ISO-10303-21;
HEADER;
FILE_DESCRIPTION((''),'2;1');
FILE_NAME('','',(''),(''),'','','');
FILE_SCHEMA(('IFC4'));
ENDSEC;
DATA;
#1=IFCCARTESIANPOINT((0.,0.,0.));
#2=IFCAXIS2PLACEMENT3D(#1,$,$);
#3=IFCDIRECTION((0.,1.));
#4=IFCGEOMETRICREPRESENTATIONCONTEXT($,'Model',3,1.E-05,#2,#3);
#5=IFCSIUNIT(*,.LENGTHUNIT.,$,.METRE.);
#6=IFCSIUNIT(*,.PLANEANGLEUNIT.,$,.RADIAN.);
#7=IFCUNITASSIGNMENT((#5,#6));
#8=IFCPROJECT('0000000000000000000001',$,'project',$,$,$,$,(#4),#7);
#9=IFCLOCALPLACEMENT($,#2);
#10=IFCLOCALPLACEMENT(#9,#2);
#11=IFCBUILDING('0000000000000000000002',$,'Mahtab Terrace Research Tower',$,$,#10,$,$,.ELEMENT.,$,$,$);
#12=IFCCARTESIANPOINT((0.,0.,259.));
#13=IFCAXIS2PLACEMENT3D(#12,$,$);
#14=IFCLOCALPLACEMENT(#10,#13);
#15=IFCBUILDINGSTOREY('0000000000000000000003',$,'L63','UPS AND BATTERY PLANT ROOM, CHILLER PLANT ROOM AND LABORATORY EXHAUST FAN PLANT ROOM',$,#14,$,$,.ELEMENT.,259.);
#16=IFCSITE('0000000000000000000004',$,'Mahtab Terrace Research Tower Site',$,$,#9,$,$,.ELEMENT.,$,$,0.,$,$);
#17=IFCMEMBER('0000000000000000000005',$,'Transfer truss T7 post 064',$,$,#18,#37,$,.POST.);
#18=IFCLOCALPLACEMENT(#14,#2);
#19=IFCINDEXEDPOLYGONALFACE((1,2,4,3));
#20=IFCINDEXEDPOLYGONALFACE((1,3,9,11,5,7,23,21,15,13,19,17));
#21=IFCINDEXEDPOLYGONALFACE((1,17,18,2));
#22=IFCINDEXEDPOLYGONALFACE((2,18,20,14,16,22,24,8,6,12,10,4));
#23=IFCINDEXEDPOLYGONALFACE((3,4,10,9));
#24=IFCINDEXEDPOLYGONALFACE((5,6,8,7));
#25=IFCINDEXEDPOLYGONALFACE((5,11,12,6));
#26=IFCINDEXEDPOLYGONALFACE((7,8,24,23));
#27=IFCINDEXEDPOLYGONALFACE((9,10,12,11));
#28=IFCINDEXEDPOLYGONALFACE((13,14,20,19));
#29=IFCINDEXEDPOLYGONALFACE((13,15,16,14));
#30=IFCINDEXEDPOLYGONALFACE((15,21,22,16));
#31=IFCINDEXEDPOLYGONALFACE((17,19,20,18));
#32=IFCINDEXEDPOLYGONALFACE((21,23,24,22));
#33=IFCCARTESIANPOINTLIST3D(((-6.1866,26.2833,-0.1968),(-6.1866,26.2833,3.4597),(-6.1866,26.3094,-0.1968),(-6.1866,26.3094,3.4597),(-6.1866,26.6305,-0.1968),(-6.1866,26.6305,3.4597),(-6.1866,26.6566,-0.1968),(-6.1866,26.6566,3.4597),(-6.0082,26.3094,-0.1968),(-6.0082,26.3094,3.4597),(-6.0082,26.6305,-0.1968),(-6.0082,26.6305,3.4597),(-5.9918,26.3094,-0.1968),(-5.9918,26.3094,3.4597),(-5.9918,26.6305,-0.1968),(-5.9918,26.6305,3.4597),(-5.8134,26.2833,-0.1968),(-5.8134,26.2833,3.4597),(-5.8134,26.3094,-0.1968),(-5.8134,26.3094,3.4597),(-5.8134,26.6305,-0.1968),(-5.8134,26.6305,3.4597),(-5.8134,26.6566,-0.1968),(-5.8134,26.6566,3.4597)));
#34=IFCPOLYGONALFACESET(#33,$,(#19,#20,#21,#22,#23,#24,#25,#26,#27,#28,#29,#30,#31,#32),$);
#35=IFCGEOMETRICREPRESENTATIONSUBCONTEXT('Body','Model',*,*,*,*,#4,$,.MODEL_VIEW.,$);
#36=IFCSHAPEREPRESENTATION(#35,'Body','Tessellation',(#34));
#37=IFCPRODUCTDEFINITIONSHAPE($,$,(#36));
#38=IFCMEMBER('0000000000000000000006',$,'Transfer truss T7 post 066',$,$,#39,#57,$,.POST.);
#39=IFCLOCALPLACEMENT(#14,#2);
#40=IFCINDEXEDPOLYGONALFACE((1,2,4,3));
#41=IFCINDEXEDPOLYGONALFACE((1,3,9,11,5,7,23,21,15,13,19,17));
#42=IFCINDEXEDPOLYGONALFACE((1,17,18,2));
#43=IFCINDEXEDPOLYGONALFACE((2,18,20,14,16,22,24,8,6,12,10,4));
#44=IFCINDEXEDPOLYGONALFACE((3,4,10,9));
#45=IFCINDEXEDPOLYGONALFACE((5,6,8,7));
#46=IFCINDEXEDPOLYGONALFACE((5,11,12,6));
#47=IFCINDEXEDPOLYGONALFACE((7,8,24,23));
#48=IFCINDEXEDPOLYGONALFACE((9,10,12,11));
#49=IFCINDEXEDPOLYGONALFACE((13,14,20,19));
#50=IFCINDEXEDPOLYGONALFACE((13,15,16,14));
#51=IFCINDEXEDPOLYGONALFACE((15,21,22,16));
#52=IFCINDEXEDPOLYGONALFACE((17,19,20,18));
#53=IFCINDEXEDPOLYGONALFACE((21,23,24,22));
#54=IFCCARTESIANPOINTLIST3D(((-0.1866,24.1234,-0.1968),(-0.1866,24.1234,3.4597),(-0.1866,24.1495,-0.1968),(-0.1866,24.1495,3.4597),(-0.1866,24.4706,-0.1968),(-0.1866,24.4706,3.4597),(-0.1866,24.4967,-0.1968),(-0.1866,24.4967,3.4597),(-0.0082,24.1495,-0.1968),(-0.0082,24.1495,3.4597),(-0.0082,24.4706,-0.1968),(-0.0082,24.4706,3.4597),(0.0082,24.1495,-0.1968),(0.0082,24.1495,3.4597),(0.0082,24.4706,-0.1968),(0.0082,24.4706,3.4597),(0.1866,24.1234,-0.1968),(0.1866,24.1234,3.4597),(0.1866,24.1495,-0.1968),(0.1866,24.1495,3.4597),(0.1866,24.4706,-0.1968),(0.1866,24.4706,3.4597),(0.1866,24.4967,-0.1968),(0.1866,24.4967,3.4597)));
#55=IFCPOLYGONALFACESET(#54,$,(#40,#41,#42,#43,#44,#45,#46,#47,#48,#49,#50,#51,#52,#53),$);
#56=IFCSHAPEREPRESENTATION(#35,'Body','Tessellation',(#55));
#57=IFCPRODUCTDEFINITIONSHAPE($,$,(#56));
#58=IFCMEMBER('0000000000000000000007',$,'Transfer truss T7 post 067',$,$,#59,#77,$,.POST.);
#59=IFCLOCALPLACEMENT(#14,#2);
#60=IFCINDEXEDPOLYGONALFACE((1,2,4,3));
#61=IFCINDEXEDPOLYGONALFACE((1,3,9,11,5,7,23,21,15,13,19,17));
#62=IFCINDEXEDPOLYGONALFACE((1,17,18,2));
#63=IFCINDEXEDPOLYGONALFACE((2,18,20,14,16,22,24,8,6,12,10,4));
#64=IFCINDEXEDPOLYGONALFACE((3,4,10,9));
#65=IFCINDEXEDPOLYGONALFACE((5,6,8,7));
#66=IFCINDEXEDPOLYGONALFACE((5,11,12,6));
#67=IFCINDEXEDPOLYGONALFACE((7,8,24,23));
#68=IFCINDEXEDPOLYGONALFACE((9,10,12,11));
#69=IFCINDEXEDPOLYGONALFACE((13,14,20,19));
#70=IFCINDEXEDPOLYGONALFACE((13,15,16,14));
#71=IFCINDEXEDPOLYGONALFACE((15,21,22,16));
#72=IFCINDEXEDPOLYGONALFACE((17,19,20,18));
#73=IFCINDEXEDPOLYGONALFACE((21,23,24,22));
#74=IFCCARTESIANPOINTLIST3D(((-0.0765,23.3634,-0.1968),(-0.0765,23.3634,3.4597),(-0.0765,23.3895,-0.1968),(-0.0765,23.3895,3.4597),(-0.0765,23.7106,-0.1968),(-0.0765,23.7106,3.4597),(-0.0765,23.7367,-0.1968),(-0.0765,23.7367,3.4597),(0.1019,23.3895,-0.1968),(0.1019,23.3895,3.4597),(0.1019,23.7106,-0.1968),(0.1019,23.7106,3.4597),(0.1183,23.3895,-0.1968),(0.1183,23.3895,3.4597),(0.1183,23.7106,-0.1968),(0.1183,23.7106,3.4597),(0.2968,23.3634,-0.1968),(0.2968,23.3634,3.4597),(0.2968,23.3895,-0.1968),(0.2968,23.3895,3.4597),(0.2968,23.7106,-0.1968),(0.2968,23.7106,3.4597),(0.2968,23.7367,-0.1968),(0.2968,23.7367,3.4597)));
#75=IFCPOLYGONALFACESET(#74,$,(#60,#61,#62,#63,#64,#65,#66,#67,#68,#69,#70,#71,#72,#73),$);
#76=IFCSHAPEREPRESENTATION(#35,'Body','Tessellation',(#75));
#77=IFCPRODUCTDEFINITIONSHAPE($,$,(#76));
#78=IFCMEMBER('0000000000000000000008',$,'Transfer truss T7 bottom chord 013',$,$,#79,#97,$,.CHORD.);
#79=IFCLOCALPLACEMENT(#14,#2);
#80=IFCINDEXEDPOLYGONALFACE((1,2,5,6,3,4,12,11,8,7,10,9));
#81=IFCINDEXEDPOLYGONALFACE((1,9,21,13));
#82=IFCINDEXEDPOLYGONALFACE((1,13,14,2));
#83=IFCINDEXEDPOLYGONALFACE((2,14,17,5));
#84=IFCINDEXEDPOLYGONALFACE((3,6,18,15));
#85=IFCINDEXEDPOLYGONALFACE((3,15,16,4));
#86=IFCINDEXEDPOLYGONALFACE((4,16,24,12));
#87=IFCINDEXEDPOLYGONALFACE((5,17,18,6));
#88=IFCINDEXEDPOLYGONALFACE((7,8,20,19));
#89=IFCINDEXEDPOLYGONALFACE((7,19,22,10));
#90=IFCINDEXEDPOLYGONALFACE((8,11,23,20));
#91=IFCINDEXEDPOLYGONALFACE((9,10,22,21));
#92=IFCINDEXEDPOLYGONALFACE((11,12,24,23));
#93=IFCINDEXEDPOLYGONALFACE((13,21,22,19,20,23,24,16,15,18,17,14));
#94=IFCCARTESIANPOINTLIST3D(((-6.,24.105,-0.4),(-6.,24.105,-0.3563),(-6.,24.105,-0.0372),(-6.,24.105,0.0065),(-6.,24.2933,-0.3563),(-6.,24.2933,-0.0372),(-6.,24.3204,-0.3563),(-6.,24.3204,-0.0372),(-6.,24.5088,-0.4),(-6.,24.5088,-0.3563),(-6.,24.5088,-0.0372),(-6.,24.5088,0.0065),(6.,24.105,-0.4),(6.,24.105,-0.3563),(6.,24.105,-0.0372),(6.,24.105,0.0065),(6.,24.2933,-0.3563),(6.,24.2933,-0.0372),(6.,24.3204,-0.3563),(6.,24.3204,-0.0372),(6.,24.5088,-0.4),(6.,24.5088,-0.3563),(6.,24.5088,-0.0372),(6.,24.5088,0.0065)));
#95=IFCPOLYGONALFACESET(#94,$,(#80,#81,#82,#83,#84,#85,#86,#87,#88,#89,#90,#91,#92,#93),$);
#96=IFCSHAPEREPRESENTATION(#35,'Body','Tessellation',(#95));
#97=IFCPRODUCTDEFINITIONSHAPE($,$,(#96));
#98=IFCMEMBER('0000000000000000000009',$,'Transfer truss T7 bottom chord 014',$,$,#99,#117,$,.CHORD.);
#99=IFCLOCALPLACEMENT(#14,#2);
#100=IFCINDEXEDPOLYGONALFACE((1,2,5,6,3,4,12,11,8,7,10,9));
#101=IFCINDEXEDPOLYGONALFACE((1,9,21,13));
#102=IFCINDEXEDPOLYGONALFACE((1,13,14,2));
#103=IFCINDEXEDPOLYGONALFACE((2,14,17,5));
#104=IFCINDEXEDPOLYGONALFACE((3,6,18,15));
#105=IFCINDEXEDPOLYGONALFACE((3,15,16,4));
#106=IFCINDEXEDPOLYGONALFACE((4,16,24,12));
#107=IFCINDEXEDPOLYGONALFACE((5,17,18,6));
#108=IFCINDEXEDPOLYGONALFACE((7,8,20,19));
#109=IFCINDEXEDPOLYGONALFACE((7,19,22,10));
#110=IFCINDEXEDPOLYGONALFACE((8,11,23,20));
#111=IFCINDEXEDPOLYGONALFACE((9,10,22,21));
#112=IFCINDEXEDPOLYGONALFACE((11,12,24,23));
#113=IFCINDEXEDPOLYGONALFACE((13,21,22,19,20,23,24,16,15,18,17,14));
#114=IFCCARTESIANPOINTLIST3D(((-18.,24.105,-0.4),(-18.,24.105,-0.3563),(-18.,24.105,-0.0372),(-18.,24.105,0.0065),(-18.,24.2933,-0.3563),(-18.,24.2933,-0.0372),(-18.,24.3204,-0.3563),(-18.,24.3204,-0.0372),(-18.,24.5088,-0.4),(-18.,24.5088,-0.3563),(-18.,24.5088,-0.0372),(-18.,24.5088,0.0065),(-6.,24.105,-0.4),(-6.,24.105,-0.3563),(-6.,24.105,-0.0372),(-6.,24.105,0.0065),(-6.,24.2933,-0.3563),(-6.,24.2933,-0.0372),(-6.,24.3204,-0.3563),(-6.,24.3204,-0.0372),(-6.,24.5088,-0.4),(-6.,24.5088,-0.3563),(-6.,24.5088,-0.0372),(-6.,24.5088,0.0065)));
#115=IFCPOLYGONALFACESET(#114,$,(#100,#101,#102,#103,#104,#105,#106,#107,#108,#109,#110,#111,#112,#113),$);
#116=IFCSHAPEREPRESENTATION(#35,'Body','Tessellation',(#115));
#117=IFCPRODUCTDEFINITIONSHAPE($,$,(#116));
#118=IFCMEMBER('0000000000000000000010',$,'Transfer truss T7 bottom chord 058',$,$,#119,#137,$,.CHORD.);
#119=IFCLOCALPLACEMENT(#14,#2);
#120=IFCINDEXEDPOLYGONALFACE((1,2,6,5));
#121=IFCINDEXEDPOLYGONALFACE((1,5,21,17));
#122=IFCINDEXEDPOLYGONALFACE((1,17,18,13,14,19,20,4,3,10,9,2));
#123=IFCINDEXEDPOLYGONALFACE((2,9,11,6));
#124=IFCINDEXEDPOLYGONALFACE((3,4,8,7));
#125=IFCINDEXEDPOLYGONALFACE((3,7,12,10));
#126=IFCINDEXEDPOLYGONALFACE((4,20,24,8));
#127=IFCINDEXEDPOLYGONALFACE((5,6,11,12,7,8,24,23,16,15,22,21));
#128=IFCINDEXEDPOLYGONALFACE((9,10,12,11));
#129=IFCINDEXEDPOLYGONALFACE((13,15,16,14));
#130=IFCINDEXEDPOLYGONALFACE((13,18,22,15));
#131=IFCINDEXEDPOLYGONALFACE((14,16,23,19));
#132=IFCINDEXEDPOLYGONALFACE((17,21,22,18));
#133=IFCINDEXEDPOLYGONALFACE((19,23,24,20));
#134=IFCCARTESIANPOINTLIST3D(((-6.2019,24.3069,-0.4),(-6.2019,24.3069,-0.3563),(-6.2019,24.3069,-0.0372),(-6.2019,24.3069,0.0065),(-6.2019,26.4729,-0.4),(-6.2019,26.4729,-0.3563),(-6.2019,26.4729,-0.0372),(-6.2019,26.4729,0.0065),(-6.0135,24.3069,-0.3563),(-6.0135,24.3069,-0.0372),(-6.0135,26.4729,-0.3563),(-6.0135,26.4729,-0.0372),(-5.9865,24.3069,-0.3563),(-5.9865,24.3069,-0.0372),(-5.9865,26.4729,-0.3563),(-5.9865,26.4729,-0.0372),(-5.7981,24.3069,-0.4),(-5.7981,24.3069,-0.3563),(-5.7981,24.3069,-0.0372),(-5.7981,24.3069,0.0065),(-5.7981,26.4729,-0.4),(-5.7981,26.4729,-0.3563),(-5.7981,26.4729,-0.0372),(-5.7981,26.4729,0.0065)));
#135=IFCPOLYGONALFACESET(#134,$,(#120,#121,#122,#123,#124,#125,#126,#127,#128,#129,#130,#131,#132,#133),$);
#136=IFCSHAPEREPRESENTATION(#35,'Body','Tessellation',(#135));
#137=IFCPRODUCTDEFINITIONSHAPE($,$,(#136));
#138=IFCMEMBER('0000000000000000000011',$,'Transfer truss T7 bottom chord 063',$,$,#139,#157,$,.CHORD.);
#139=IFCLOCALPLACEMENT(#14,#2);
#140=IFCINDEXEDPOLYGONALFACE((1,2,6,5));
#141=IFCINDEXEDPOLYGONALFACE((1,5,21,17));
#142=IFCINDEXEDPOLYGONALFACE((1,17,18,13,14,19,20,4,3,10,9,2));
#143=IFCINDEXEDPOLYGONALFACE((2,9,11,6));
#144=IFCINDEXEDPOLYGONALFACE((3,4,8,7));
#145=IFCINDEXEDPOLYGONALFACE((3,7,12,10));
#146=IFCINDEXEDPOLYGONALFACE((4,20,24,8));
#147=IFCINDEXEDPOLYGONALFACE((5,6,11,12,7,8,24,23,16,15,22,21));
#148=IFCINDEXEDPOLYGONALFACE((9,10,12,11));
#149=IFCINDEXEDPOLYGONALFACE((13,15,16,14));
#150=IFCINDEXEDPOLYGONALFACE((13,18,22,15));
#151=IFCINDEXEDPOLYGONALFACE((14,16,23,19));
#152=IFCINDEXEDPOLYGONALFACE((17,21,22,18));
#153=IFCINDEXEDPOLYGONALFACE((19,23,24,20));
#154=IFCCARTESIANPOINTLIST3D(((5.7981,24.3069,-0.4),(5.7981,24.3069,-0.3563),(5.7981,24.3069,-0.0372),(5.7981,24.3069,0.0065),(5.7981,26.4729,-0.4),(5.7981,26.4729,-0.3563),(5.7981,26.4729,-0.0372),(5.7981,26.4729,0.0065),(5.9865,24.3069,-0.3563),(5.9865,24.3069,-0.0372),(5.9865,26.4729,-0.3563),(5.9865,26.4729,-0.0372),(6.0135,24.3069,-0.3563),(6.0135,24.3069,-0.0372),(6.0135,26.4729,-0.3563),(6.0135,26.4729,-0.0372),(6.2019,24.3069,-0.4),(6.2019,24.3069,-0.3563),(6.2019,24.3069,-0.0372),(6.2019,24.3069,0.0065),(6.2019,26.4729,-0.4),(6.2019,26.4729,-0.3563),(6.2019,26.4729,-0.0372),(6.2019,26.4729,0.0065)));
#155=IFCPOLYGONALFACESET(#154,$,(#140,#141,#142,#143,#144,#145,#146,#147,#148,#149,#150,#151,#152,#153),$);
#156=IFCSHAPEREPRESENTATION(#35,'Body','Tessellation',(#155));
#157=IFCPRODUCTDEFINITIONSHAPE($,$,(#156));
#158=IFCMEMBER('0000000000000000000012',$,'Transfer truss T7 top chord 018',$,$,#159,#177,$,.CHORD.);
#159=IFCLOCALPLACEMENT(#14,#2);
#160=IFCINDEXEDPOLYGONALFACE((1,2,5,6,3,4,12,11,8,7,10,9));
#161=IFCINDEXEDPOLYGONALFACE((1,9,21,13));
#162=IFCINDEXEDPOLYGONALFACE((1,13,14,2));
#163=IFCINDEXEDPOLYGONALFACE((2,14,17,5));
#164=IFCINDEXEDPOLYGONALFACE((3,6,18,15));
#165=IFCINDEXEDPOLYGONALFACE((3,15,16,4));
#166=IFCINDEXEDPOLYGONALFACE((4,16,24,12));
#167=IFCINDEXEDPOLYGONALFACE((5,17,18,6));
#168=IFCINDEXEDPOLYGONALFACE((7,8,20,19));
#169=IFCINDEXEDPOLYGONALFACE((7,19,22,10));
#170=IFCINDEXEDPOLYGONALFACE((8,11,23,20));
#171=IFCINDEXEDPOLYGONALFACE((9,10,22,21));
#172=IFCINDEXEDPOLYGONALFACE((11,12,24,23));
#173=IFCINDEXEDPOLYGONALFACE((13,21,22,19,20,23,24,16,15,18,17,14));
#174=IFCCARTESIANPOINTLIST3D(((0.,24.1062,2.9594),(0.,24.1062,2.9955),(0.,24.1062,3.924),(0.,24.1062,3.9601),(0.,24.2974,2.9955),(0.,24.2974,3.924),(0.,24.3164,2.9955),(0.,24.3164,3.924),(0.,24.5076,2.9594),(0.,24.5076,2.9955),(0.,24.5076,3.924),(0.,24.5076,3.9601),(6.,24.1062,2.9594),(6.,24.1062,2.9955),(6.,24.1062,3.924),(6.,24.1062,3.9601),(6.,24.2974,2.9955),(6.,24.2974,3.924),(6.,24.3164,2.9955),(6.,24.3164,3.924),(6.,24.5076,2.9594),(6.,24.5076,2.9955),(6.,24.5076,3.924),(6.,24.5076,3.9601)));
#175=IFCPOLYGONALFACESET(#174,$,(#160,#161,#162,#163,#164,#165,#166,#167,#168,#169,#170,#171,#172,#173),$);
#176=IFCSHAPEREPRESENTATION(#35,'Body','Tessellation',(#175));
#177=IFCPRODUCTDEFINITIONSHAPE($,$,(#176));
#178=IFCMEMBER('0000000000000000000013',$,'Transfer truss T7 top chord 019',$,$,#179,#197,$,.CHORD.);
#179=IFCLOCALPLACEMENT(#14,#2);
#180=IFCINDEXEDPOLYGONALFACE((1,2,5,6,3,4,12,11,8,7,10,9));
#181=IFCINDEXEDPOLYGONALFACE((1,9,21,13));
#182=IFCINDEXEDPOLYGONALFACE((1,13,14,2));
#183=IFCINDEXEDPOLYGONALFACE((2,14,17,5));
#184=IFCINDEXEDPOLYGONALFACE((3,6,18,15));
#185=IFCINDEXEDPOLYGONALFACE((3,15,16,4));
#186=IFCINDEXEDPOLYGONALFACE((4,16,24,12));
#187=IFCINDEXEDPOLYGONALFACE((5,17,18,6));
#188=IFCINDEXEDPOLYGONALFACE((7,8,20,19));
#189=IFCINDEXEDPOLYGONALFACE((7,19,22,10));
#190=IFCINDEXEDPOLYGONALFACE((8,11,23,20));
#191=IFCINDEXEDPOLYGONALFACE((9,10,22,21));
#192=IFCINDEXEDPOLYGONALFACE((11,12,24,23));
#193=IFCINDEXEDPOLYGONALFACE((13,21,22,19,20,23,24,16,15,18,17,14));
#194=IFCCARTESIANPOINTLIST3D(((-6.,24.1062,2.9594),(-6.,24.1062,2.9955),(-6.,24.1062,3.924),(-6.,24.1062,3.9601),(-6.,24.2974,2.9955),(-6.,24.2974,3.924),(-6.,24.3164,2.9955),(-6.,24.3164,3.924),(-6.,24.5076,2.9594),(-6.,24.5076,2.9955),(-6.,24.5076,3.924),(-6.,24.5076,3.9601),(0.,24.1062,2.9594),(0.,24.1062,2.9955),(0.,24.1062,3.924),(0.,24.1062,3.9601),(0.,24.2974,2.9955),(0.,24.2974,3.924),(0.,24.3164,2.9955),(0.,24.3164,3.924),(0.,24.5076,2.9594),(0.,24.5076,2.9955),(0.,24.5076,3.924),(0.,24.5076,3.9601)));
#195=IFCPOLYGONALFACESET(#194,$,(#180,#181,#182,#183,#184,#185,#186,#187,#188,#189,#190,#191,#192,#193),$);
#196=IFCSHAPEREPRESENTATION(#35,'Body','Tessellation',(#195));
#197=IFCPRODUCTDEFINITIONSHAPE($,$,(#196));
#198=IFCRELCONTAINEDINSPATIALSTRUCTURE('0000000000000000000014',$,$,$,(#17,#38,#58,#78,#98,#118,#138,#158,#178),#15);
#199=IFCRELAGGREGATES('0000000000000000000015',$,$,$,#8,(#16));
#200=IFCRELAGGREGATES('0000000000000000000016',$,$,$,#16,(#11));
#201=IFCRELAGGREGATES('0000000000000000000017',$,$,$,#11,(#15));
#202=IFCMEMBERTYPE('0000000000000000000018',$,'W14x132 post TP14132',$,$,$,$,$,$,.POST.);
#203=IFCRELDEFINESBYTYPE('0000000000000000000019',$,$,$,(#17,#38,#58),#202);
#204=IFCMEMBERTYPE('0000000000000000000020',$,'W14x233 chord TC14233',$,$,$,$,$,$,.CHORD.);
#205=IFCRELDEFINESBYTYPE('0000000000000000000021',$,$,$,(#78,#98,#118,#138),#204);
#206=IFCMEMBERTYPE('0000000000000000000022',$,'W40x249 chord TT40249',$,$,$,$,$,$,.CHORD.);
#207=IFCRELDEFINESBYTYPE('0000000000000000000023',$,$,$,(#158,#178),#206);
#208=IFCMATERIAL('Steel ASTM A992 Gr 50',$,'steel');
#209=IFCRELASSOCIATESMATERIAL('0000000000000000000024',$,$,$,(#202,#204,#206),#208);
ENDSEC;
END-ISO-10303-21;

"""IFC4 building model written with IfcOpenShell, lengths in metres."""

from ifc_helpers import new_model, si_unit, direction, frame, origin, origin_2d, place, context, subcontext, project, spatial, i_section, extrude, material, material_profile, profile_set, type_object, element, save


model = new_model("IFC4")

# Units and contexts
model_context = context("Model", 3, precision=1e-05, world=origin(), true_north=direction((0.0, 1.0)))
body_context = subcontext(model_context, "Body", "Model", "MODEL_VIEW")
ifc_project = project(units=[si_unit("LENGTHUNIT", "METRE"), si_unit("PLANEANGLEUNIT", "RADIAN")], contexts=[model_context])

# Site, building, storey
site_placement = place(None, origin())
site = spatial("IfcSite", under=ifc_project, at=site_placement, Name="Mahtab Terrace Research Tower Site", CompositionType="ELEMENT", RefElevation=0.0)
building_placement = place(site_placement, origin())
building = spatial("IfcBuilding", under=site, at=building_placement, Name="Mahtab Terrace Research Tower", CompositionType="ELEMENT")
storey_placement = place(building_placement, frame((0.0, 0.0, 259.0)))
storey = spatial("IfcBuildingStorey", under=building, at=storey_placement, Name="L63", Description="UPS AND BATTERY PLANT ROOM, CHILLER PLANT ROOM AND LABORATORY EXHAUST FAN PLANT ROOM", CompositionType="ELEMENT", Elevation=259.0)

# Shared definitions
ifc_material_1 = material(Name="Steel ASTM A992 Gr 50", Category="steel")

# Members
ifc_material_profile_1 = material_profile(ifc_material_1, i_section(OverallWidth=0.3733, OverallDepth=0.3733, WebThickness=0.0164, FlangeThickness=0.0261, at=origin_2d()), Name="W14X132")
ifc_profile_set_1 = profile_set([ifc_material_profile_1], Name="Steel ASTM A992 Gr 50")
member_type_1 = type_object("IfcMemberType", Name="W14x132 post TP14132", PredefinedType="POST", material=ifc_profile_set_1)
for number, where, z_axis, x_axis, name in (
    (1, (-6.0, 26.47, -0.1968), (0.0, 0.0, 1.0), (1.0, 0.0, 0.0), "Transfer truss T7 post 064"),
    (2, (0.0, 24.3101, -0.1968), (0.0, 0.0, 1.0), (1.0, 0.0, 0.0), "Transfer truss T7 post 066"),
    (3, (0.1101, 23.55, -0.1968), (0.0, 0.0, 1.0), (1.0, 0.0, 0.0), "Transfer truss T7 post 067"),
):
    element("IfcMember", number, at=place(storey_placement, frame(where, z_axis=z_axis, x_axis=x_axis)), inside=storey, type_object=member_type_1, Name=name, PredefinedType="POST", context=body_context, shape_type="SweptSolid", body=[
        extrude(i_section(OverallWidth=0.3733, OverallDepth=0.3733, WebThickness=0.0164, FlangeThickness=0.0261, at=origin_2d()), origin(), (0.0, 0.0, 1.0), 3.6565),
    ])
ifc_material_profile_2 = material_profile(ifc_material_1, i_section(OverallWidth=0.4038, OverallDepth=0.4065, WebThickness=0.0271, FlangeThickness=0.0437, at=origin_2d()), Name="W14X233")
ifc_profile_set_2 = profile_set([ifc_material_profile_2], Name="Steel ASTM A992 Gr 50")
member_type_2 = type_object("IfcMemberType", Name="W14x233 chord TC14233", PredefinedType="CHORD", material=ifc_profile_set_2)
for number, where, z_axis, x_axis, name in (
    (4, (6.0, 24.3069, -0.1968), (-1.0, 0.0, 0.0), (0.0, -1.0, 0.0), "Transfer truss T7 bottom chord 013"),
    (5, (-6.0, 24.3069, -0.1968), (-1.0, 0.0, 0.0), (0.0, -1.0, 0.0), "Transfer truss T7 bottom chord 014"),
):
    element("IfcMember", number, at=place(storey_placement, frame(where, z_axis=z_axis, x_axis=x_axis)), inside=storey, type_object=member_type_2, Name=name, PredefinedType="CHORD", context=body_context, shape_type="SweptSolid", body=[
        extrude(i_section(OverallWidth=0.4038, OverallDepth=0.4065, WebThickness=0.0271, FlangeThickness=0.0437, at=origin_2d()), origin(), (0.0, 0.0, 1.0), 12.0),
    ])
for number, where, z_axis, x_axis, name in (
    (6, (-6.0, 24.3069, -0.1968), (0.0, 1.0, 0.0), (-1.0, 0.0, 0.0), "Transfer truss T7 bottom chord 058"),
    (7, (6.0, 24.3069, -0.1968), (0.0, 1.0, 0.0), (-1.0, 0.0, 0.0), "Transfer truss T7 bottom chord 063"),
):
    element("IfcMember", number, at=place(storey_placement, frame(where, z_axis=z_axis, x_axis=x_axis)), inside=storey, type_object=member_type_2, Name=name, PredefinedType="CHORD", context=body_context, shape_type="SweptSolid", body=[
        extrude(i_section(OverallWidth=0.4038, OverallDepth=0.4065, WebThickness=0.0271, FlangeThickness=0.0437, at=origin_2d()), origin(), (0.0, 0.0, 1.0), 2.166),
    ])
ifc_material_profile_3 = material_profile(ifc_material_1, i_section(OverallWidth=0.4014, OverallDepth=1.0007, WebThickness=0.019, FlangeThickness=0.0361, at=origin_2d()), Name="W40X249")
ifc_profile_set_3 = profile_set([ifc_material_profile_3], Name="Steel ASTM A992 Gr 50")
member_type_3 = type_object("IfcMemberType", Name="W40x249 chord TT40249", PredefinedType="CHORD", material=ifc_profile_set_3)
for number, where, z_axis, x_axis, name in (
    (8, (6.0, 24.3069, 3.4597), (-1.0, 0.0, 0.0), (0.0, -1.0, 0.0), "Transfer truss T7 top chord 018"),
    (9, (0.0, 24.3069, 3.4597), (-1.0, 0.0, 0.0), (0.0, -1.0, 0.0), "Transfer truss T7 top chord 019"),
):
    element("IfcMember", number, at=place(storey_placement, frame(where, z_axis=z_axis, x_axis=x_axis)), inside=storey, type_object=member_type_3, Name=name, PredefinedType="CHORD", context=body_context, shape_type="SweptSolid", body=[
        extrude(i_section(OverallWidth=0.4014, OverallDepth=1.0007, WebThickness=0.019, FlangeThickness=0.0361, at=origin_2d()), origin(), (0.0, 0.0, 1.0), 6.0),
    ])

save(model, "model.ifc")
